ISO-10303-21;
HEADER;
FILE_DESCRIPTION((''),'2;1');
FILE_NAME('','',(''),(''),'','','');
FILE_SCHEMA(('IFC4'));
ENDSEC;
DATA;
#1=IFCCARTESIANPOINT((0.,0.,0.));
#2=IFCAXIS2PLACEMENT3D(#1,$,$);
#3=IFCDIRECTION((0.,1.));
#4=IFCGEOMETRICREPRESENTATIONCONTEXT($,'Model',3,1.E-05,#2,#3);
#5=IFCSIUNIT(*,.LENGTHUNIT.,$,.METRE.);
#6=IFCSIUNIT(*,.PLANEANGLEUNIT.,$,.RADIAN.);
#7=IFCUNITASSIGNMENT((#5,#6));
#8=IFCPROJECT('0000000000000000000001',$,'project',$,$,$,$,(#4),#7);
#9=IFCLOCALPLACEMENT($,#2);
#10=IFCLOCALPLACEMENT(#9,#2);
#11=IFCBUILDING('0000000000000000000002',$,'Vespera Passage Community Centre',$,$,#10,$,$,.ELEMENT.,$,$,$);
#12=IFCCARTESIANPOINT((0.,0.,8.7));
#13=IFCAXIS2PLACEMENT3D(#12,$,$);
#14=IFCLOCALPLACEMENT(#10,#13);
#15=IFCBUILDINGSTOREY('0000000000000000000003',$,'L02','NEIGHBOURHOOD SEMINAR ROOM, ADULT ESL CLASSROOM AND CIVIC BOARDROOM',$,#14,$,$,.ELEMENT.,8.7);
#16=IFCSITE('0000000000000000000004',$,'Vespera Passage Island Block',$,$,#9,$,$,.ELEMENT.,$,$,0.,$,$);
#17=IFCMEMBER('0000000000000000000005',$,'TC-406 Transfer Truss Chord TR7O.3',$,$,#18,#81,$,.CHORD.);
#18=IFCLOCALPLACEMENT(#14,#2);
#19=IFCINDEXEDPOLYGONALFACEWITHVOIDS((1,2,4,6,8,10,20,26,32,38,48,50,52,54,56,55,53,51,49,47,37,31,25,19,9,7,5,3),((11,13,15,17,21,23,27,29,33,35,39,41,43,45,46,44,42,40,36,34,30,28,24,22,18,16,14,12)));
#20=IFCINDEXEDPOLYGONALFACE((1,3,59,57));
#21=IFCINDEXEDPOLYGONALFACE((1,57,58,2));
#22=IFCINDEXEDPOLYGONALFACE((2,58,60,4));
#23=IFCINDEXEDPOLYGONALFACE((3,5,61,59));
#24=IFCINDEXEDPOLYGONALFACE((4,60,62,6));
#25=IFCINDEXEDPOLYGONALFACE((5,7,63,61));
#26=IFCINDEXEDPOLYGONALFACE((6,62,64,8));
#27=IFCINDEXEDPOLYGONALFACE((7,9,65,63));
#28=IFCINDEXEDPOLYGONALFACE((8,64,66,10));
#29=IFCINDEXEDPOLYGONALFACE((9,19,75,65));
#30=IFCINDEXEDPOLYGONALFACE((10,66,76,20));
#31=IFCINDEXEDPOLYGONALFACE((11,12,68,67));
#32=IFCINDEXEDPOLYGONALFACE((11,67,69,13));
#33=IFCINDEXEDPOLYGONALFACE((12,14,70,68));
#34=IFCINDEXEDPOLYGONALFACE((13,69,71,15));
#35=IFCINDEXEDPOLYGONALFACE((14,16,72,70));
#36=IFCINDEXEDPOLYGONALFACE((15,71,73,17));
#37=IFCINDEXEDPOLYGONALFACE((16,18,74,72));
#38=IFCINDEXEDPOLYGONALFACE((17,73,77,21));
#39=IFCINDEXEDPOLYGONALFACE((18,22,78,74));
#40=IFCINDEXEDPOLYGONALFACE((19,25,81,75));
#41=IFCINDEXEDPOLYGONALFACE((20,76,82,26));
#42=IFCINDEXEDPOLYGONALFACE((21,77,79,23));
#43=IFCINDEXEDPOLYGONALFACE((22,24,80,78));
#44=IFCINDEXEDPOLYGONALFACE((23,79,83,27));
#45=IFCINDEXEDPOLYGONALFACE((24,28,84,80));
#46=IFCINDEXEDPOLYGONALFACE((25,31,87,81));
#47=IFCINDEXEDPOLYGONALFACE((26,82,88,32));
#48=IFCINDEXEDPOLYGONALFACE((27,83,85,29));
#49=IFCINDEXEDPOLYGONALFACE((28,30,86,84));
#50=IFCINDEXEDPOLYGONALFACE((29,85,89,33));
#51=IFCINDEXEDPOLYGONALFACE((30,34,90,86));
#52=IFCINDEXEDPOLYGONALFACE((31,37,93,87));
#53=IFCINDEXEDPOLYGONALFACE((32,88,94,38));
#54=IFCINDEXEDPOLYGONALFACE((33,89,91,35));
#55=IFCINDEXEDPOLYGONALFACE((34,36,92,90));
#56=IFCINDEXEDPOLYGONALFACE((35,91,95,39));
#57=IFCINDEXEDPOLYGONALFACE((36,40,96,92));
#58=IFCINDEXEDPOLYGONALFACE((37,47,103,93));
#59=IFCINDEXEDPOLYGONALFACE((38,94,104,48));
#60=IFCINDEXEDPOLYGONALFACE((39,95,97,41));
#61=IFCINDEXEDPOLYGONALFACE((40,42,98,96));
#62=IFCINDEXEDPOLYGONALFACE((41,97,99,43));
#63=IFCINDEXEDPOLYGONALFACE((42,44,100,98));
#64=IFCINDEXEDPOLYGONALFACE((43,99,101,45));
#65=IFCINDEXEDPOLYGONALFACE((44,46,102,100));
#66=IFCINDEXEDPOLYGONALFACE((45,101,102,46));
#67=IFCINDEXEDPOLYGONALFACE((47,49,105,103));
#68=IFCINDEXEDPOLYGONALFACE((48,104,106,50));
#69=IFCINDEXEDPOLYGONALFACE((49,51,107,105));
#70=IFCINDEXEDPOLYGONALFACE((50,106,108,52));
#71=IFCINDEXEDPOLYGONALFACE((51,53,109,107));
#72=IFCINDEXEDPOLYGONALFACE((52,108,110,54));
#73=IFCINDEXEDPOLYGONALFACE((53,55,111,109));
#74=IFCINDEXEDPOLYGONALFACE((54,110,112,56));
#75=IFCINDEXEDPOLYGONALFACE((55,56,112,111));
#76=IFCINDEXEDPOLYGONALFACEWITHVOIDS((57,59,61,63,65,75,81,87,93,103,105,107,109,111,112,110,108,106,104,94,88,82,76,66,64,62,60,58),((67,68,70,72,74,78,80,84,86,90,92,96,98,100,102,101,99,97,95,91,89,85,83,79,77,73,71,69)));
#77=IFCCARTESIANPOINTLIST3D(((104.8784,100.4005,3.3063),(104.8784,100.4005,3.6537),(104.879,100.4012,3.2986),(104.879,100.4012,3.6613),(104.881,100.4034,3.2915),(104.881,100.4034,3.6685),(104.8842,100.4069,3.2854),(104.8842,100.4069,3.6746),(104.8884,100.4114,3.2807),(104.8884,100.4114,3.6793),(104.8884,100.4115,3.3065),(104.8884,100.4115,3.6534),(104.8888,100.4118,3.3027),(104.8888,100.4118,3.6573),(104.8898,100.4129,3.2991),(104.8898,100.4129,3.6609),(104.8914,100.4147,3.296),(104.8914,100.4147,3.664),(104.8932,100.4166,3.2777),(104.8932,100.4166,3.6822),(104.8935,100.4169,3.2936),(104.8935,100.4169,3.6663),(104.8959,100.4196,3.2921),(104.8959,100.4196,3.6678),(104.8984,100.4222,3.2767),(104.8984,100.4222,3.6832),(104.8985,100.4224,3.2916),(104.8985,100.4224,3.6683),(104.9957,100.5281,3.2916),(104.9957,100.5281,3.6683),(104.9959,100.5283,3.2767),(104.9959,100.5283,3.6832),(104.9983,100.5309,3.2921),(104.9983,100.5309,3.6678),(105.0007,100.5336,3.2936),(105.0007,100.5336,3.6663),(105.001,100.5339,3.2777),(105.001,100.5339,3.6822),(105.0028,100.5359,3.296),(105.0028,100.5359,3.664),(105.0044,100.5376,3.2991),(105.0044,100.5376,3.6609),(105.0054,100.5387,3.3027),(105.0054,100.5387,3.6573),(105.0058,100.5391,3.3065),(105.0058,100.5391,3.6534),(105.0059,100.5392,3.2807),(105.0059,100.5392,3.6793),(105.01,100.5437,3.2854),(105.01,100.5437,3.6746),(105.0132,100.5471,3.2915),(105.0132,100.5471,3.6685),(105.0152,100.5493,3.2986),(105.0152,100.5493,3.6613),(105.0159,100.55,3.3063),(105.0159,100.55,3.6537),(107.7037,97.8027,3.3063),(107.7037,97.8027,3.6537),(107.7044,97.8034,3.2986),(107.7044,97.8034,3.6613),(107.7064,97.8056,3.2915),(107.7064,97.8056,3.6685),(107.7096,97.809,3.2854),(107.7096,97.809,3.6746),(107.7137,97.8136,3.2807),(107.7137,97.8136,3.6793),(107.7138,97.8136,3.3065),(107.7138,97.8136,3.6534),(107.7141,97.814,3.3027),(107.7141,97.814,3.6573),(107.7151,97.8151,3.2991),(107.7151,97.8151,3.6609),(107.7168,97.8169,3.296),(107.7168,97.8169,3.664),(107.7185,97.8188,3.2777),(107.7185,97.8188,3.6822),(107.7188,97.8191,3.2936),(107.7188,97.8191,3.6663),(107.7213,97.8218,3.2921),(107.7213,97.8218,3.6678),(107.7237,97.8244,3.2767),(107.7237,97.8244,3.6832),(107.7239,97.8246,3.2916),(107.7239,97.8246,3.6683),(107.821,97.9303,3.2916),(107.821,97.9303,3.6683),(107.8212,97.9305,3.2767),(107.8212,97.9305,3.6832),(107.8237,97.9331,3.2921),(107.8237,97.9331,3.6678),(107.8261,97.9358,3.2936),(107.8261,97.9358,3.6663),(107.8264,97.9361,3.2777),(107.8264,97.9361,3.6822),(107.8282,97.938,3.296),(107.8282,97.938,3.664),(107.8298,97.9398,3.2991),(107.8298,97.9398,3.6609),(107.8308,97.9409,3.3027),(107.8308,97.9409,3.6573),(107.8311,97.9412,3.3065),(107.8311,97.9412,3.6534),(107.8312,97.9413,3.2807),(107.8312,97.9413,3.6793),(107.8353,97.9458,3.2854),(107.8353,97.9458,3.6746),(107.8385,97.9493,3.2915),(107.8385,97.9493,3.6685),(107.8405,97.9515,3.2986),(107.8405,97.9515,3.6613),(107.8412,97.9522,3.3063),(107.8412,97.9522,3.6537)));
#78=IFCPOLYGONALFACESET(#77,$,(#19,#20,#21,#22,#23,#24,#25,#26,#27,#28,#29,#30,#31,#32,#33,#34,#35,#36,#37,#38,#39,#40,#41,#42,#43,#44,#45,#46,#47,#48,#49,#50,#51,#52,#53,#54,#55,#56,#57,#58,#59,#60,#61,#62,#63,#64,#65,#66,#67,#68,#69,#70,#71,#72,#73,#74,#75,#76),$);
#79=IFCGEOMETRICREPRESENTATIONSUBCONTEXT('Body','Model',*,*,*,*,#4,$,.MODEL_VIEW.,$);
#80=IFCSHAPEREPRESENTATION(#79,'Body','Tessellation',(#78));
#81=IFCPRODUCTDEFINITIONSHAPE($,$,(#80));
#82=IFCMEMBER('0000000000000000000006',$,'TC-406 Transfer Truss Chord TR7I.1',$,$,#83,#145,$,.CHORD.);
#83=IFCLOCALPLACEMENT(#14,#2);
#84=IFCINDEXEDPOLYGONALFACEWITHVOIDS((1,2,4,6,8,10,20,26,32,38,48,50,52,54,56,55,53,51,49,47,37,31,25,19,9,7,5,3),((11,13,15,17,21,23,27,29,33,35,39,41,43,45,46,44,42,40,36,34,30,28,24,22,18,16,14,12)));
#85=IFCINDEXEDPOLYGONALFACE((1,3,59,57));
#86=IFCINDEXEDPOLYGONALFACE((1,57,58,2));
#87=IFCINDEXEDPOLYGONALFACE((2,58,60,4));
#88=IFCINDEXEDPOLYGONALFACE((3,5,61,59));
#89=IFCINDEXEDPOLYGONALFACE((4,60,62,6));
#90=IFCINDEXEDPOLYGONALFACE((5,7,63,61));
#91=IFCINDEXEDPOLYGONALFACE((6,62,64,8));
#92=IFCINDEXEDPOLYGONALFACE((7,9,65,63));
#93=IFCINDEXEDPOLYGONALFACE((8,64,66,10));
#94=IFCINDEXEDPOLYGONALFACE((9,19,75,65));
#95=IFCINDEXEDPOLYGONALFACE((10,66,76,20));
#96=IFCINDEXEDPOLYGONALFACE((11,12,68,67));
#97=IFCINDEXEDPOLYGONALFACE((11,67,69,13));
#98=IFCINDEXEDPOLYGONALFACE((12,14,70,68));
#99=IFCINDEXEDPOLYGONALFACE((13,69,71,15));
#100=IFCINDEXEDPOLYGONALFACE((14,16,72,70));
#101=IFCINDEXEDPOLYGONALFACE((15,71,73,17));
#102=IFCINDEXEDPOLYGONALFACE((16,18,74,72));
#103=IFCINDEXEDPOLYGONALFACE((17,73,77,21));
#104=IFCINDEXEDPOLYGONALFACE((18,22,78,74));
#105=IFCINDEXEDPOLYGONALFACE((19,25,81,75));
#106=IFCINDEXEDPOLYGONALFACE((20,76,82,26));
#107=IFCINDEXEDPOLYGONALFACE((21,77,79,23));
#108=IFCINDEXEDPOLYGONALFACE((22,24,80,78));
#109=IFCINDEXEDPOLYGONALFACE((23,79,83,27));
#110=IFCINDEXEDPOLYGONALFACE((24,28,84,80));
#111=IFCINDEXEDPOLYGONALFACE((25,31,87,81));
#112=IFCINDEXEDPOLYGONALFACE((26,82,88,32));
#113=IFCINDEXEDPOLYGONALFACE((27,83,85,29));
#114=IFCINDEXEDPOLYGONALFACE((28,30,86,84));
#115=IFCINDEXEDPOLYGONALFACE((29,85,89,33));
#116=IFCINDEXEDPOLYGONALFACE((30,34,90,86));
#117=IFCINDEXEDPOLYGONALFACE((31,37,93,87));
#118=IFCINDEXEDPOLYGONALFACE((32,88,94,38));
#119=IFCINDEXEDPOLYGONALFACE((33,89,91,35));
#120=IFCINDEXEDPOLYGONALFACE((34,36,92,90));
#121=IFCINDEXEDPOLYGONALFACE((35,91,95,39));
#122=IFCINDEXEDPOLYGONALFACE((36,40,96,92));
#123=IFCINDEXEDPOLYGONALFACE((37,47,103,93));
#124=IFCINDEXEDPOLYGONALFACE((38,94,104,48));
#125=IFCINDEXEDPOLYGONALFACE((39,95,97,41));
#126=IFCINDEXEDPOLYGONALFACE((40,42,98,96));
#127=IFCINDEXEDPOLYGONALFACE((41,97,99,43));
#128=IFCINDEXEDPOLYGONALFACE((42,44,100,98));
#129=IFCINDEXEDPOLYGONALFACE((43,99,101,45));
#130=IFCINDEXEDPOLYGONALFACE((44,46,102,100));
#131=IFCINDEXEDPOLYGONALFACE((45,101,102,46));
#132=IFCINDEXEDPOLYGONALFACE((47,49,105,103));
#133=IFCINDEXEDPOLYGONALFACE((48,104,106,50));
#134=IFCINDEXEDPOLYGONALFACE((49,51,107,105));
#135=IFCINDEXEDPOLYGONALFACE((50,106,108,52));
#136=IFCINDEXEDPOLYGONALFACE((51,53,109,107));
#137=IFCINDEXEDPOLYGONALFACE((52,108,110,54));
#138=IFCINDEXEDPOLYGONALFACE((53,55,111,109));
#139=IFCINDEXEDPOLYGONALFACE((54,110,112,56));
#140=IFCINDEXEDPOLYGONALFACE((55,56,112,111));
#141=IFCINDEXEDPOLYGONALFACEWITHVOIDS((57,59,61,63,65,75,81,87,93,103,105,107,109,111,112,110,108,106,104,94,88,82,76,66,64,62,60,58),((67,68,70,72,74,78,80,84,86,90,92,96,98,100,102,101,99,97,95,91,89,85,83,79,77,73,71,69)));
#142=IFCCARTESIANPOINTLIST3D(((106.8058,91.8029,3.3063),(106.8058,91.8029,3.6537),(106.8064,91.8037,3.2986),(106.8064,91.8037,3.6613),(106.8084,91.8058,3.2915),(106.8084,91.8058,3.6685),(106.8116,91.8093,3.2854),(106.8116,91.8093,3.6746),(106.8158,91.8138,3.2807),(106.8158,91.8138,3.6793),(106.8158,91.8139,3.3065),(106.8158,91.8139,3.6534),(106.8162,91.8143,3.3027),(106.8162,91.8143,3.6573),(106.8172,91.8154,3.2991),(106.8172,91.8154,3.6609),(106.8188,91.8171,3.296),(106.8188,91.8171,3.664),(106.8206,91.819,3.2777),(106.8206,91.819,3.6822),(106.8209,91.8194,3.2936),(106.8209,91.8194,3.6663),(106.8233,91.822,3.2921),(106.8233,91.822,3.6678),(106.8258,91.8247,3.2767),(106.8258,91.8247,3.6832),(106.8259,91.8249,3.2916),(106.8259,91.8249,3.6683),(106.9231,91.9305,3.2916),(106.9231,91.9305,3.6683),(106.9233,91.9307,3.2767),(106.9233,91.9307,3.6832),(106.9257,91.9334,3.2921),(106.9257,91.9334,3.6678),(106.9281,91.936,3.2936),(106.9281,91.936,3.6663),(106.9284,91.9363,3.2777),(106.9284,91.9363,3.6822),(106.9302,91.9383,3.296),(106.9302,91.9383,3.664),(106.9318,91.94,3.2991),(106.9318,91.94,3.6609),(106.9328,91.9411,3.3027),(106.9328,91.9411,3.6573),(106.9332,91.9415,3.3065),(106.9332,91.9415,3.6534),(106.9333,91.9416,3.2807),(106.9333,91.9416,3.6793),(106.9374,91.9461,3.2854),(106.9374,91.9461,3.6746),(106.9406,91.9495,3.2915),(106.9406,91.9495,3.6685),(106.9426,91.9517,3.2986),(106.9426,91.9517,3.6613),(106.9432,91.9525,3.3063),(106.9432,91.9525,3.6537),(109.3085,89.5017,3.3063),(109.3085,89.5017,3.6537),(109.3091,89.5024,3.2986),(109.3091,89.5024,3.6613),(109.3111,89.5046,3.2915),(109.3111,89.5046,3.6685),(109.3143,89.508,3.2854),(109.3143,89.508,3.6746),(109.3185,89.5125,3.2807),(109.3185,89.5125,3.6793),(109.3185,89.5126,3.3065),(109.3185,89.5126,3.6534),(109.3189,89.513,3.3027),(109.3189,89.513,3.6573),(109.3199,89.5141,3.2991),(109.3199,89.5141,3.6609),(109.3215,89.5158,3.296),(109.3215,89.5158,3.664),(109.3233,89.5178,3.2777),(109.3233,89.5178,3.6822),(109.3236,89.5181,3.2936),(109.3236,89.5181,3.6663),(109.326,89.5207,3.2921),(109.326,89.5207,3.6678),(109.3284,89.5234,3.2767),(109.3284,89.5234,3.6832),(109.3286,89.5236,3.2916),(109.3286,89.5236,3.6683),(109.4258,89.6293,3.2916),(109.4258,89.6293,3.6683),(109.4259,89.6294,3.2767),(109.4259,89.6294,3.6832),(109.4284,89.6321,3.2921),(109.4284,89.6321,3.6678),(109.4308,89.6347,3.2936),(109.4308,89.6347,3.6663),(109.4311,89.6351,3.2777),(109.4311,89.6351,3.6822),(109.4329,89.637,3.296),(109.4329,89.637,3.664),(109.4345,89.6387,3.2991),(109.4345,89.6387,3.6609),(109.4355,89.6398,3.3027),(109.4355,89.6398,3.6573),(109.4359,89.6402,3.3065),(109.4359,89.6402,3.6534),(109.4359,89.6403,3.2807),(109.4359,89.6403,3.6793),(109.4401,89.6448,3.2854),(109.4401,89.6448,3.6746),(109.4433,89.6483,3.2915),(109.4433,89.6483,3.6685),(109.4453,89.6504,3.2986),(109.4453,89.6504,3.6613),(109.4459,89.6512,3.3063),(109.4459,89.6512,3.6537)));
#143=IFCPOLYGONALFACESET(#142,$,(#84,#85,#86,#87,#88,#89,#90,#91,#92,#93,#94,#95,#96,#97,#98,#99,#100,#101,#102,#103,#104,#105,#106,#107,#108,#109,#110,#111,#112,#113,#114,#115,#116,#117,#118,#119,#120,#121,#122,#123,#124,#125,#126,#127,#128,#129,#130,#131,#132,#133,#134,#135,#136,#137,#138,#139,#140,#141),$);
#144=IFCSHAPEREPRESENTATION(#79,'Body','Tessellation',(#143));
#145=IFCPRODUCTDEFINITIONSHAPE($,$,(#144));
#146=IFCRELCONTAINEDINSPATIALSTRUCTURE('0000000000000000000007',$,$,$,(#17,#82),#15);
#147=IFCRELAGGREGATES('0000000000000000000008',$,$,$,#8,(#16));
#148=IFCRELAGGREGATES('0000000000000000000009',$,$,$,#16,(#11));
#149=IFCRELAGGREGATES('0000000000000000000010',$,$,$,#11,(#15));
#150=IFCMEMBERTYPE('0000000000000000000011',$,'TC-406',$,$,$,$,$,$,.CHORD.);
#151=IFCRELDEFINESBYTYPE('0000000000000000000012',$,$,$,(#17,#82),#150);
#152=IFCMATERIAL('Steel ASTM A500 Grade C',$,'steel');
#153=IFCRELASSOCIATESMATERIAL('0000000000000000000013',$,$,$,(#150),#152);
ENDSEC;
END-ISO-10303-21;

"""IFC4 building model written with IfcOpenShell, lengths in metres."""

from ifc_helpers import new_model, si_unit, direction, frame, origin, origin_2d, place, context, subcontext, project, spatial, hollow_rectangle, extrude, material, material_profile, profile_set, type_object, element, save


model = new_model("IFC4")

# Units and contexts
model_context = context("Model", 3, precision=1e-05, world=origin(), true_north=direction((0.0, 1.0)))
body_context = subcontext(model_context, "Body", "Model", "MODEL_VIEW")
ifc_project = project(units=[si_unit("LENGTHUNIT", "METRE"), si_unit("PLANEANGLEUNIT", "RADIAN")], contexts=[model_context])

# Site, building, storey
site_placement = place(None, origin())
site = spatial("IfcSite", under=ifc_project, at=site_placement, Name="Vespera Passage Island Block", CompositionType="ELEMENT", RefElevation=0.0)
building_placement = place(site_placement, origin())
building = spatial("IfcBuilding", under=site, at=building_placement, Name="Vespera Passage Community Centre", CompositionType="ELEMENT")
storey_placement = place(building_placement, frame((0.0, 0.0, 8.7)))
storey = spatial("IfcBuildingStorey", under=building, at=storey_placement, Name="L02", Description="NEIGHBOURHOOD SEMINAR ROOM, ADULT ESL CLASSROOM AND CIVIC BOARDROOM", CompositionType="ELEMENT", Elevation=8.7)

# Members
ifc_material_1 = material(Name="Steel ASTM A500 Grade C", Category="steel")
ifc_material_profile_1 = material_profile(ifc_material_1, hollow_rectangle(XDim=0.2031, YDim=0.4065, WallThickness=0.0149, InnerFilletRadius=0.0149, OuterFilletRadius=0.0295, at=origin_2d()), Name="HSS406X203X15.9")
ifc_profile_set_1 = profile_set([ifc_material_profile_1], Name="Steel ASTM A500 Grade C")
member_type_1 = type_object("IfcMemberType", Name="TC-406", PredefinedType="CHORD", material=ifc_profile_set_1)
member_1_placement = place(storey_placement, frame((107.7725, 97.8774, 3.48), z_axis=(-0.736126, 0.676844, 0.0), x_axis=(-0.676844, -0.736126, 0.0)))
element("IfcMember", 1, at=member_1_placement, inside=storey, type_object=member_type_1, Name="TC-406 Transfer Truss Chord TR7O.3", PredefinedType="CHORD", context=body_context, shape_type="SweptSolid", body=[
    extrude(hollow_rectangle(XDim=0.2031, YDim=0.4065, WallThickness=0.0149, InnerFilletRadius=0.0149, OuterFilletRadius=0.0295, at=origin_2d()), origin(), (0.0, 0.0, 1.0), 3.8381),
])
member_2_placement = place(storey_placement, frame((109.3772, 89.5764, 3.48), z_axis=(-0.736107, 0.676865, 0.0), x_axis=(-0.676865, -0.736107, 0.0)))
element("IfcMember", 2, at=member_2_placement, inside=storey, type_object=member_type_1, Name="TC-406 Transfer Truss Chord TR7I.1", PredefinedType="CHORD", context=body_context, shape_type="SweptSolid", body=[
    extrude(hollow_rectangle(XDim=0.2031, YDim=0.4065, WallThickness=0.0149, InnerFilletRadius=0.0149, OuterFilletRadius=0.0295, at=origin_2d()), origin(), (0.0, 0.0, 1.0), 3.3999),
])

save(model, "model.ifc")
